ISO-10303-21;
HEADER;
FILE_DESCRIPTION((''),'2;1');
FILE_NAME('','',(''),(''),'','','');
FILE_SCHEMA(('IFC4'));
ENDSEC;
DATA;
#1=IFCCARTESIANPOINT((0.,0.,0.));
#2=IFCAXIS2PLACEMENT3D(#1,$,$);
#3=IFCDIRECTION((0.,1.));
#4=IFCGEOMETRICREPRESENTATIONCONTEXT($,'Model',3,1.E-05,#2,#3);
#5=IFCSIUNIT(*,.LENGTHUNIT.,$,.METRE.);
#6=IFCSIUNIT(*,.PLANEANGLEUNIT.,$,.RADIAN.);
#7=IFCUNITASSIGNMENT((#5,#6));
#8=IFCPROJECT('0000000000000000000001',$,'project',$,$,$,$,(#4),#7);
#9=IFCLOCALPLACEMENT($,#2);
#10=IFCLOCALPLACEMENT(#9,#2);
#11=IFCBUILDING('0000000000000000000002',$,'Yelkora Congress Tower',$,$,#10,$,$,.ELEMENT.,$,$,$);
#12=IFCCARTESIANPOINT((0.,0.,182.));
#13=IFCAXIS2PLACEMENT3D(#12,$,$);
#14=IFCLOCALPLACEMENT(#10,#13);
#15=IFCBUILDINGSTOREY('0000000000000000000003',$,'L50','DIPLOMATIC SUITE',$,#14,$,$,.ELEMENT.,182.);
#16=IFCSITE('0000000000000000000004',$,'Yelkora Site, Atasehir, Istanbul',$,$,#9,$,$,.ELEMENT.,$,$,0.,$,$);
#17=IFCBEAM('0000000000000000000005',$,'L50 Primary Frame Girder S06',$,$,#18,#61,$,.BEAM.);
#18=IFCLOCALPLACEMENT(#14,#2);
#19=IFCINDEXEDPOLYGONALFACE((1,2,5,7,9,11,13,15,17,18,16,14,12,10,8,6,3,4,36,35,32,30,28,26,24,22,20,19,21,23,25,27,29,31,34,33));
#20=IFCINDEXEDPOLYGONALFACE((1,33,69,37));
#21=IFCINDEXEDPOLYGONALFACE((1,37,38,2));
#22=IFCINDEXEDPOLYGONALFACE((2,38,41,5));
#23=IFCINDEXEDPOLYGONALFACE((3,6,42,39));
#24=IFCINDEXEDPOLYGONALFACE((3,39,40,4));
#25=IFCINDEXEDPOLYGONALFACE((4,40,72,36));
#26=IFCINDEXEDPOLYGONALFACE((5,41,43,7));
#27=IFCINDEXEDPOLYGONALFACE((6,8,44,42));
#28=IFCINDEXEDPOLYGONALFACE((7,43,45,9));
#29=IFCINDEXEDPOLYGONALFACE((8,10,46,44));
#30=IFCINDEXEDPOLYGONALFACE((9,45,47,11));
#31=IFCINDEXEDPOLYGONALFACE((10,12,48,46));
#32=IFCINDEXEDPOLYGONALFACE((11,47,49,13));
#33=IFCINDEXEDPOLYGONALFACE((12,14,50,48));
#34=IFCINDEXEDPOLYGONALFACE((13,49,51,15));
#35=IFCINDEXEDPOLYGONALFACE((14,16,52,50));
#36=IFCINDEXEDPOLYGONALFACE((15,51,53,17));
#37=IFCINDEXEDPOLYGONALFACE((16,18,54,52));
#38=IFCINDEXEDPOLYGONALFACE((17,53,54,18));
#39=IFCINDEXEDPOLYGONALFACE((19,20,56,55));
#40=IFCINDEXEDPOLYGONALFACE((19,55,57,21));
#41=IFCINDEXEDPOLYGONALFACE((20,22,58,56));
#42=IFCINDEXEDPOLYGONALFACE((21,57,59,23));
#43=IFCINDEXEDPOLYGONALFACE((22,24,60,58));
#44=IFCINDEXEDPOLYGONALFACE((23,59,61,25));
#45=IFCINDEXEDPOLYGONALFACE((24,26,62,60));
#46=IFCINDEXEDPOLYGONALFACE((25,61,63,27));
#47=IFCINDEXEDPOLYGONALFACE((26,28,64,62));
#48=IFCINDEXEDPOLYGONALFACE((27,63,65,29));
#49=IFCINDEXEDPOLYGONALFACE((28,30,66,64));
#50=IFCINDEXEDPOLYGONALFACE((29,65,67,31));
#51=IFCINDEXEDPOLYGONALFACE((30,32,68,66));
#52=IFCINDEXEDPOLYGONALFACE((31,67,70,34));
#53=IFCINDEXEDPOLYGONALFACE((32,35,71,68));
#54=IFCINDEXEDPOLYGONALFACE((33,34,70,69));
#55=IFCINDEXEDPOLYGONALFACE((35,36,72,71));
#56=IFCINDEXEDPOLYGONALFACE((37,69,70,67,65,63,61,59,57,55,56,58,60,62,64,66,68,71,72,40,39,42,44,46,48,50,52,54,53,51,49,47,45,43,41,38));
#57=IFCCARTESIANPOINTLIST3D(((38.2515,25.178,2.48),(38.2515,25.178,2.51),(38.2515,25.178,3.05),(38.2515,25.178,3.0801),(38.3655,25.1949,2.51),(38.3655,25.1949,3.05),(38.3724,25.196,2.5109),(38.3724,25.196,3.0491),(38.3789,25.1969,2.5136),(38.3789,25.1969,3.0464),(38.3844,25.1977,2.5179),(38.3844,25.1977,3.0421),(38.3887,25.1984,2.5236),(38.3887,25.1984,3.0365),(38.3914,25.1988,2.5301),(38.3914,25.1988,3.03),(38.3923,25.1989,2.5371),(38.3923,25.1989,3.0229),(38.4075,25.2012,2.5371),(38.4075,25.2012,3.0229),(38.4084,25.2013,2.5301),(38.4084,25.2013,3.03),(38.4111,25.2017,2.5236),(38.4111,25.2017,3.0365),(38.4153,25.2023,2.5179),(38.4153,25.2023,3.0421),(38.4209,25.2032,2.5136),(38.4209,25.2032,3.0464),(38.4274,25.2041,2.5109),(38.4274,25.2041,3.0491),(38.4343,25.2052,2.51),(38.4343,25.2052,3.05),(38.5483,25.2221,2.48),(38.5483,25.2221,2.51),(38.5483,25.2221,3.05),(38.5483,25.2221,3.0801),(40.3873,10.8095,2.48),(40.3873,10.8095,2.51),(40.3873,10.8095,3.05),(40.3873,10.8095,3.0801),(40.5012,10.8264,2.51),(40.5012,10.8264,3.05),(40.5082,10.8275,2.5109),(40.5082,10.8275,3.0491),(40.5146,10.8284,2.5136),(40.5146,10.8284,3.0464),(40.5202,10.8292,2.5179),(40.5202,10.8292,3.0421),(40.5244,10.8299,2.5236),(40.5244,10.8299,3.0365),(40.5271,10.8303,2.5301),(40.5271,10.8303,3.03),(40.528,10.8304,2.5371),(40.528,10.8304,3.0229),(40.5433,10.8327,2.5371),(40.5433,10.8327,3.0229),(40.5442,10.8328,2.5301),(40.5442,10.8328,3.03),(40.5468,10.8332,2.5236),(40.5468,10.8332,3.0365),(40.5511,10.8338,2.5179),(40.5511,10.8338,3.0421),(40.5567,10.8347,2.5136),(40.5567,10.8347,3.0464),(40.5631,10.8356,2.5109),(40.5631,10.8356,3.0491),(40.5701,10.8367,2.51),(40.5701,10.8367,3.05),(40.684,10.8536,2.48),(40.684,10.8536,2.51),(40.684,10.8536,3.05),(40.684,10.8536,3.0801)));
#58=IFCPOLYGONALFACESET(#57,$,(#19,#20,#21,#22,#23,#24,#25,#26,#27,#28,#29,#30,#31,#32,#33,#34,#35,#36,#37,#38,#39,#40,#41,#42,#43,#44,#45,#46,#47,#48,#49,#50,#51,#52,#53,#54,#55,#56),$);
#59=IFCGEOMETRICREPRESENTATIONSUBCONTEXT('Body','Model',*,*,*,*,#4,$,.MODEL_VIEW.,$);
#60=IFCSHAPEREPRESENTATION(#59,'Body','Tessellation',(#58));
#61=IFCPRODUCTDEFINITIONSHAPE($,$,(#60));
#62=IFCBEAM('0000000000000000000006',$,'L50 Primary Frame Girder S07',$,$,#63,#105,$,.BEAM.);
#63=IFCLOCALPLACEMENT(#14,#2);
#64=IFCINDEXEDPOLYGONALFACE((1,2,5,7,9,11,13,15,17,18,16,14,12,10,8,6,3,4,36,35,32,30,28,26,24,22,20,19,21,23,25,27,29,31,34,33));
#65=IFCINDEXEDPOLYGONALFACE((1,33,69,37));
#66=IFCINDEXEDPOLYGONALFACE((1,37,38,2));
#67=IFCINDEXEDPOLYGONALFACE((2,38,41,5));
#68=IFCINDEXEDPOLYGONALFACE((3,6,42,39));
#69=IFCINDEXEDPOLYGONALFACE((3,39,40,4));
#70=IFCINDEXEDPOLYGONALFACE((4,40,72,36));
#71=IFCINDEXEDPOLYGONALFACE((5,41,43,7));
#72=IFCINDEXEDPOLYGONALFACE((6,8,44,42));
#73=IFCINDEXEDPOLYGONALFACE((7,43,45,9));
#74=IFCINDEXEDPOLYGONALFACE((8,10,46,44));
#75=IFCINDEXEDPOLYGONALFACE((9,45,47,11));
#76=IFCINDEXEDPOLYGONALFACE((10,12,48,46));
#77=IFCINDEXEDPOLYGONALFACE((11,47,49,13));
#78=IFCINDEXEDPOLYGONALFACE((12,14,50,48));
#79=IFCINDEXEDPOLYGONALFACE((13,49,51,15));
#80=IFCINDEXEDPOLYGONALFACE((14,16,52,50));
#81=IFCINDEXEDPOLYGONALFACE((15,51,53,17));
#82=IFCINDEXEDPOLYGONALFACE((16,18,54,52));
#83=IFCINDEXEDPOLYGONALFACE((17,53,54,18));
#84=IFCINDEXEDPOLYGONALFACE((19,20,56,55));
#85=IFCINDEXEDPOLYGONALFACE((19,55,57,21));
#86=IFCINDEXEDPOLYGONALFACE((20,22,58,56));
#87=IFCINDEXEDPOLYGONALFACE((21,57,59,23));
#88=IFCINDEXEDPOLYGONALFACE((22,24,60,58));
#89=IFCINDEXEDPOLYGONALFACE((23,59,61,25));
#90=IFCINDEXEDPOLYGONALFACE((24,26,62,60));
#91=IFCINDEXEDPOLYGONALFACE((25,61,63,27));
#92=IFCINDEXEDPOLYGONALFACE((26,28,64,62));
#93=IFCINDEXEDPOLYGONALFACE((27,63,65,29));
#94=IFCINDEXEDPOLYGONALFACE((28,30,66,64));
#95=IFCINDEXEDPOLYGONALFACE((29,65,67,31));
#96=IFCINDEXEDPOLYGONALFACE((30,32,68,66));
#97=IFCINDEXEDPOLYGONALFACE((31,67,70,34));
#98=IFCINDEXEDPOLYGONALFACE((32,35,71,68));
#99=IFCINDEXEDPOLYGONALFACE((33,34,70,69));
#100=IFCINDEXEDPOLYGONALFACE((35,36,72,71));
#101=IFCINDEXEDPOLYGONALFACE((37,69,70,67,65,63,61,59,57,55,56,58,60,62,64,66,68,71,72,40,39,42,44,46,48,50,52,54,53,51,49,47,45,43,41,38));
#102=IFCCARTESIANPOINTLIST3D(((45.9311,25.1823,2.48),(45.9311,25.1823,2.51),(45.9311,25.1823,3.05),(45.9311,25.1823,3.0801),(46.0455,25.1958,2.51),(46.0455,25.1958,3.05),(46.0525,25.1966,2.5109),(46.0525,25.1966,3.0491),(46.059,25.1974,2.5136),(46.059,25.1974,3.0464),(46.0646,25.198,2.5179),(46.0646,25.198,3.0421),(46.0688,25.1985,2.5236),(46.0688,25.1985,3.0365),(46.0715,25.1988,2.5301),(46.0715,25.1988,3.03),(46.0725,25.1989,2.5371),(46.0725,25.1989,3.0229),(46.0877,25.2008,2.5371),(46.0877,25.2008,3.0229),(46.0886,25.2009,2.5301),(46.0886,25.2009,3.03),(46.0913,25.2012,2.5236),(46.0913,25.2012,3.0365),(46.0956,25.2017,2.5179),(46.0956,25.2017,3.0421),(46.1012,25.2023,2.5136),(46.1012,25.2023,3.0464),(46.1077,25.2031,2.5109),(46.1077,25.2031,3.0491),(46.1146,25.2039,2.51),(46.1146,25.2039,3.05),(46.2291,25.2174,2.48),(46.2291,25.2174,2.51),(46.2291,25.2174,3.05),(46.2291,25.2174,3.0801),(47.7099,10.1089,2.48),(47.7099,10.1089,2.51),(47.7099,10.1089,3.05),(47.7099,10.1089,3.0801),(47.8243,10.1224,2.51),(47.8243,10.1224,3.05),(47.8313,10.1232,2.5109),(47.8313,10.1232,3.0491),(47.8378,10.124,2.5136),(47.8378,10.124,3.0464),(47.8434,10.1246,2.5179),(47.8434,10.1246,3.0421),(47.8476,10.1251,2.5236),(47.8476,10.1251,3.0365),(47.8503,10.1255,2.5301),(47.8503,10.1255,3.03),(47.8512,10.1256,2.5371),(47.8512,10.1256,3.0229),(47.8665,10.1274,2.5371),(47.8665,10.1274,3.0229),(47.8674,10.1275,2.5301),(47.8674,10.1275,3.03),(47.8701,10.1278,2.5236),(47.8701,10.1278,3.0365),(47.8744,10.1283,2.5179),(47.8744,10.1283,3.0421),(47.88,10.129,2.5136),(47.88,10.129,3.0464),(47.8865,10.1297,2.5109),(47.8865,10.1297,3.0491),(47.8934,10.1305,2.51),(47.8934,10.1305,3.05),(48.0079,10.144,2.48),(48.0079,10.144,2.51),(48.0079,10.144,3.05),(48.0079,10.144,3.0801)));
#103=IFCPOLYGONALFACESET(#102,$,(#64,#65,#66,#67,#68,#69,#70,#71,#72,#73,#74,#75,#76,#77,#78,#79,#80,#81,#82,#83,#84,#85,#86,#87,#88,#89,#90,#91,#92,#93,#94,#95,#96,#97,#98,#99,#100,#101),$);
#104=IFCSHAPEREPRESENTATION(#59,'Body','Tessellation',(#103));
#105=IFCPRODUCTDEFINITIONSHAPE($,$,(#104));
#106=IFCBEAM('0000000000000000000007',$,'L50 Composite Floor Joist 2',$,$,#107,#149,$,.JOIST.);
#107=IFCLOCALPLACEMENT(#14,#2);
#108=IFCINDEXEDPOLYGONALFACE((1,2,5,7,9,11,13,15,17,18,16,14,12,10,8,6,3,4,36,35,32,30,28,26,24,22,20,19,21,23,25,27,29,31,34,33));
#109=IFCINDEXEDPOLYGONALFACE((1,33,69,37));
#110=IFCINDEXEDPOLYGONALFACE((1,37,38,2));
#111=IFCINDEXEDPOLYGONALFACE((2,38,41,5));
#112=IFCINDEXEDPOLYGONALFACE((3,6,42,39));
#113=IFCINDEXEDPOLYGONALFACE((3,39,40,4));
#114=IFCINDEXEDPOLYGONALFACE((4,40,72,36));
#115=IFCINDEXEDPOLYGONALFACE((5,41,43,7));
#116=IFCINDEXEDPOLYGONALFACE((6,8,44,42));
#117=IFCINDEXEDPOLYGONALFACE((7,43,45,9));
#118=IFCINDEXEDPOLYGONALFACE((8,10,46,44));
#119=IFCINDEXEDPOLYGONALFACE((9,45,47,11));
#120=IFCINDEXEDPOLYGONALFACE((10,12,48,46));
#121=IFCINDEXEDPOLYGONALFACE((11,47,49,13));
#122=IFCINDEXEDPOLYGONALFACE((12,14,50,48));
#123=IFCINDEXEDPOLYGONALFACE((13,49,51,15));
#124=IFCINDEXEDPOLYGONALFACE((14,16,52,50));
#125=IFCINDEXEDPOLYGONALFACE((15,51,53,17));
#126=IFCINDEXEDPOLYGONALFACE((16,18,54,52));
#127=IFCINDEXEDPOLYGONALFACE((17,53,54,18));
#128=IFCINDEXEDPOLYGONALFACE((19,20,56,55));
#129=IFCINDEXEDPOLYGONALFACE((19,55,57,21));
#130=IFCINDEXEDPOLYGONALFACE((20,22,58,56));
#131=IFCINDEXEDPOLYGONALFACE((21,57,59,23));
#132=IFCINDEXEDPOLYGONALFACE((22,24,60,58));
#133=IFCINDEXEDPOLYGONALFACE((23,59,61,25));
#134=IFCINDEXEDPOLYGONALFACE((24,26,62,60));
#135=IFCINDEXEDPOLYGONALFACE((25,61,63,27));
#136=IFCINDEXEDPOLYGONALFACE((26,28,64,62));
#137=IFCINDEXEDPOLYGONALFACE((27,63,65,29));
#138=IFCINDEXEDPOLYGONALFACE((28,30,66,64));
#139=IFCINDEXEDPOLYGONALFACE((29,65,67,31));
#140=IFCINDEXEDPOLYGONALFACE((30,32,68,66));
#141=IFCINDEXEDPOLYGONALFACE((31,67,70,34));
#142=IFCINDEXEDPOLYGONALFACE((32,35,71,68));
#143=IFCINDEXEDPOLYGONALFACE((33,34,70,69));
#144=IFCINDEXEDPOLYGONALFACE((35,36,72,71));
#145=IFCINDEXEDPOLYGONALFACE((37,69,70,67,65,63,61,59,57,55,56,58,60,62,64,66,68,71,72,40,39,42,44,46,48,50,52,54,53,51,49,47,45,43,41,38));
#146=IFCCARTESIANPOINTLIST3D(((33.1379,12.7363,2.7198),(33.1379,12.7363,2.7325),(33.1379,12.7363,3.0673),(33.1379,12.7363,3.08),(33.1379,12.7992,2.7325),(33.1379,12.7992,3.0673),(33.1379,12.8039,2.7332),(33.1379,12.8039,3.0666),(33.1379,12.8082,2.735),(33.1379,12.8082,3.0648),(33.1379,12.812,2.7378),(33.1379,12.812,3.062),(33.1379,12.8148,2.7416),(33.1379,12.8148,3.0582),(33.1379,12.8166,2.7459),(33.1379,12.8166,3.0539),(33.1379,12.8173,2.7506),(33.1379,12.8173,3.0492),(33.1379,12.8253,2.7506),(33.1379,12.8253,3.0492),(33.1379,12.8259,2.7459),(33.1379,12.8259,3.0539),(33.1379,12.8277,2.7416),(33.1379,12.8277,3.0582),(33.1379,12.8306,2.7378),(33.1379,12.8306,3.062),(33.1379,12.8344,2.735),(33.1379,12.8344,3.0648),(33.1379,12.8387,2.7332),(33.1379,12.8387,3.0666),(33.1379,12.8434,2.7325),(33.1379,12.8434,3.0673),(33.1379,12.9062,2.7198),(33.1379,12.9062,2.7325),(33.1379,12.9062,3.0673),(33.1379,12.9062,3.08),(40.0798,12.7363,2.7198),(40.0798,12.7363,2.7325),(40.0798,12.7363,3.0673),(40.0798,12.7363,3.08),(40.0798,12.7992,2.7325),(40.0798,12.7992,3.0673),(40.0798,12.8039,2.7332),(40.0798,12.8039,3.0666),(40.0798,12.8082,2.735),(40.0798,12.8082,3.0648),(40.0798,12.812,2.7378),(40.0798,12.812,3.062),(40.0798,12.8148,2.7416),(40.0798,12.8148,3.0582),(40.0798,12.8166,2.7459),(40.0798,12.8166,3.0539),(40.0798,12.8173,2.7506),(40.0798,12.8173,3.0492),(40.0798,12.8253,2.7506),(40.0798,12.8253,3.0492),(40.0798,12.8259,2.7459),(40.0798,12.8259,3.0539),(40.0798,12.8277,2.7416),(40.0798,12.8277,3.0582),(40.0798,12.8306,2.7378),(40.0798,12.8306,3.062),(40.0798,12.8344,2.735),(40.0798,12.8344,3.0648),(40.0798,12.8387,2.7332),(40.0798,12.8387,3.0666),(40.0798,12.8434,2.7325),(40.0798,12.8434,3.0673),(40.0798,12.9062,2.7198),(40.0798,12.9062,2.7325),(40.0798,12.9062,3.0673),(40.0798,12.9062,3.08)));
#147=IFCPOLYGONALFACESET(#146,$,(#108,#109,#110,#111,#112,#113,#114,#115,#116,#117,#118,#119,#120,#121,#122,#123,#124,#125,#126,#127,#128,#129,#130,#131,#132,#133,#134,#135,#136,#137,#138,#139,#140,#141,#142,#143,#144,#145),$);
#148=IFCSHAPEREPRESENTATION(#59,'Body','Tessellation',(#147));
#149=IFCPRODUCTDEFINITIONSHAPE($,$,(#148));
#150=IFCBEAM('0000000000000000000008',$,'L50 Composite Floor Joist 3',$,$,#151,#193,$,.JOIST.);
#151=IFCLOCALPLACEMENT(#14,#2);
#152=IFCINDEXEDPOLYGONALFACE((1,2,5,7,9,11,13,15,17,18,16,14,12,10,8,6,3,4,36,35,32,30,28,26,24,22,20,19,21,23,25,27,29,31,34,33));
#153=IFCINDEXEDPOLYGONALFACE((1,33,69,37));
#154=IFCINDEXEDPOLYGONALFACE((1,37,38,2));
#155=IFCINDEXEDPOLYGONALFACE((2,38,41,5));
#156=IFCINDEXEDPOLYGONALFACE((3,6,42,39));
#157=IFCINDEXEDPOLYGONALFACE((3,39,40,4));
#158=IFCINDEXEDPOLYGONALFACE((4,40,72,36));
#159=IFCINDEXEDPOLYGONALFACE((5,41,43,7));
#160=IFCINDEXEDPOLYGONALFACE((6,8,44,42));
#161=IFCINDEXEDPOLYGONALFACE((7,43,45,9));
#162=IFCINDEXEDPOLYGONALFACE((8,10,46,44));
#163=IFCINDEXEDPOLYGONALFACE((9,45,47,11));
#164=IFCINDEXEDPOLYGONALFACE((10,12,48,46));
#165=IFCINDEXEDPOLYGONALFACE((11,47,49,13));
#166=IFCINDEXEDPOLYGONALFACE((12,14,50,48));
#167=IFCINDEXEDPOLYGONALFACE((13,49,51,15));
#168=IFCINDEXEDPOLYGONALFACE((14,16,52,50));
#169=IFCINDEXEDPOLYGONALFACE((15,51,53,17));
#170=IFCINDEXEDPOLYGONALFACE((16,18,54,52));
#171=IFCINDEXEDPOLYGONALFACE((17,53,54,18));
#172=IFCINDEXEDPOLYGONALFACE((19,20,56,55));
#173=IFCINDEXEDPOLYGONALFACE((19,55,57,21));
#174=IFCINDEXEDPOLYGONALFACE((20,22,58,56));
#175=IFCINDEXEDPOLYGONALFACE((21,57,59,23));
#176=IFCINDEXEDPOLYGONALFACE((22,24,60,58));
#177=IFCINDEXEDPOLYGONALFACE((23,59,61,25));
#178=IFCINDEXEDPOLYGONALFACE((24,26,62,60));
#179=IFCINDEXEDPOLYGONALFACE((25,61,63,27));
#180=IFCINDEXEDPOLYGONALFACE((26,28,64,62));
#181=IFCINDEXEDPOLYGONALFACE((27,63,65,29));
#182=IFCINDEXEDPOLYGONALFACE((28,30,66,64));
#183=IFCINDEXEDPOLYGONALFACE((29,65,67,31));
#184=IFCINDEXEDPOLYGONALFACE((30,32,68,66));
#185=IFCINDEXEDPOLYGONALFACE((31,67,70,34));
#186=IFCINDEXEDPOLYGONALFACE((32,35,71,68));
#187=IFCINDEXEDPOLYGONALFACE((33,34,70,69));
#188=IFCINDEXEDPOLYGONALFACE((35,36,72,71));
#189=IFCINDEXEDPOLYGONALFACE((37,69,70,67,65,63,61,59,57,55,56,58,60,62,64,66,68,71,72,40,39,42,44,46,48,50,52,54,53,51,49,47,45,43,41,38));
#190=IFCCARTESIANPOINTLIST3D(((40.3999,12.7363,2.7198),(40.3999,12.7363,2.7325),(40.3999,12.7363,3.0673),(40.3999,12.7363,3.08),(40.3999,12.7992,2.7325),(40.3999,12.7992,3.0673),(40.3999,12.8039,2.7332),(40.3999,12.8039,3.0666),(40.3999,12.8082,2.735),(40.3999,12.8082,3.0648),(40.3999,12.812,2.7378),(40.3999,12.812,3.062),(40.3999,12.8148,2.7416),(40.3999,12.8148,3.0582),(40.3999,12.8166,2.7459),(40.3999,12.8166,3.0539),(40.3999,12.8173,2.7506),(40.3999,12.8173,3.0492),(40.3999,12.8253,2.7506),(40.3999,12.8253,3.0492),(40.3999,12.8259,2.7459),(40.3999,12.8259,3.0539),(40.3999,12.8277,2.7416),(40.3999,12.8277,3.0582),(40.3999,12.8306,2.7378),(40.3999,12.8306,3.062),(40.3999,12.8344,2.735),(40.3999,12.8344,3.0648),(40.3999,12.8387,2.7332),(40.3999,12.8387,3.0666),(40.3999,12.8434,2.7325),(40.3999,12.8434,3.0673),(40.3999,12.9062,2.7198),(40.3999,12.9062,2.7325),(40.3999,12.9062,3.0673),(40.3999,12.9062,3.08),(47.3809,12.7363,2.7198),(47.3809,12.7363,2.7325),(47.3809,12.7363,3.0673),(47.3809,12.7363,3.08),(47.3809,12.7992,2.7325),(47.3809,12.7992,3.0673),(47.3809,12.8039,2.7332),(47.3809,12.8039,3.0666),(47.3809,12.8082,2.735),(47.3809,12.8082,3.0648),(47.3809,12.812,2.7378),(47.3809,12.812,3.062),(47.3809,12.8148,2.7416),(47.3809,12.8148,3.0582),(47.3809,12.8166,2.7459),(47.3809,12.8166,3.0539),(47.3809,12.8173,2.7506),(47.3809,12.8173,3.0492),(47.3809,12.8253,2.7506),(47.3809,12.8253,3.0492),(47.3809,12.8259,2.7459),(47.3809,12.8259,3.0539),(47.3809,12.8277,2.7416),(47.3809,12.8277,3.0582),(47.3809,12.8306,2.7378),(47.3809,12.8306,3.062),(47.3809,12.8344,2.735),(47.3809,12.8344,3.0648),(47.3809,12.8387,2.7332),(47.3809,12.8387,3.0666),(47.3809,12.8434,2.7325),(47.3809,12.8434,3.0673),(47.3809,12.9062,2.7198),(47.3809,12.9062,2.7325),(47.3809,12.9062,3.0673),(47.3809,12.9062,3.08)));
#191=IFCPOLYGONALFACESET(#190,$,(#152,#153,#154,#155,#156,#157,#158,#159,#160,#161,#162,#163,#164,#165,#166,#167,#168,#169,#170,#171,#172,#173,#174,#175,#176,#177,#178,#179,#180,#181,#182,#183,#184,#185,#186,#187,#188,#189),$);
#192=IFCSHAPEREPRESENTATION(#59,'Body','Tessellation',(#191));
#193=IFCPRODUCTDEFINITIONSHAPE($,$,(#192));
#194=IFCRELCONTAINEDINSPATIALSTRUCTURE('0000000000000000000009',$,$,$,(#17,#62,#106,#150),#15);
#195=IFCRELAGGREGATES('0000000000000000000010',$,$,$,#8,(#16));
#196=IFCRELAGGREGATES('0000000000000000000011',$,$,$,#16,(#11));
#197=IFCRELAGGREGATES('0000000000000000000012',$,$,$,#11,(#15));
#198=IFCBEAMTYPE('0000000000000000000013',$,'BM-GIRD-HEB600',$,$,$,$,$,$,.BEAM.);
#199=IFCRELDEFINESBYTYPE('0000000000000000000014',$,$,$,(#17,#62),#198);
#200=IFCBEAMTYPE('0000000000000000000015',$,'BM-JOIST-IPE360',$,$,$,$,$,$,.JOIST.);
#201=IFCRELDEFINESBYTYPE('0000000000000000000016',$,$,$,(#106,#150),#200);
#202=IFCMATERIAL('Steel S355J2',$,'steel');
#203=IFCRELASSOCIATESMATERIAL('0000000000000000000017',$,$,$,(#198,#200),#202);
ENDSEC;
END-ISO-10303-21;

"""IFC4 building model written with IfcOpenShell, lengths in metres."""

from ifc_helpers import new_model, si_unit, direction, frame, origin, origin_2d, place, context, subcontext, project, spatial, i_section, extrude, material, material_profile, profile_set, type_object, element, save


model = new_model("IFC4")

# Units and contexts
model_context = context("Model", 3, precision=1e-05, world=origin(), true_north=direction((0.0, 1.0)))
body_context = subcontext(model_context, "Body", "Model", "MODEL_VIEW")
ifc_project = project(units=[si_unit("LENGTHUNIT", "METRE"), si_unit("PLANEANGLEUNIT", "RADIAN")], contexts=[model_context])

# Site, building, storey
site_placement = place(None, origin())
site = spatial("IfcSite", under=ifc_project, at=site_placement, Name="Yelkora Site, Atasehir, Istanbul", CompositionType="ELEMENT", RefElevation=0.0)
building_placement = place(site_placement, origin())
building = spatial("IfcBuilding", under=site, at=building_placement, Name="Yelkora Congress Tower", CompositionType="ELEMENT")
storey_placement = place(building_placement, frame((0.0, 0.0, 182.0)))
storey = spatial("IfcBuildingStorey", under=building, at=storey_placement, Name="L50", Description="DIPLOMATIC SUITE", CompositionType="ELEMENT", Elevation=182.0)

# Beams
ifc_material_1 = material(Name="Steel S355J2", Category="steel")
ifc_material_profile_1 = material_profile(ifc_material_1, i_section(OverallWidth=0.3, OverallDepth=0.6001, WebThickness=0.0154, FlangeThickness=0.03, FilletRadius=0.0271, at=origin_2d()), Name="HEB 600")
ifc_profile_set_1 = profile_set([ifc_material_profile_1], Name="Steel S355J2")
beam_type_1 = type_object("IfcBeamType", Name="BM-GIRD-HEB600", PredefinedType="BEAM", material=ifc_profile_set_1)
beam_1_placement = place(storey_placement, frame((40.5356, 10.8315, 2.78), z_axis=(-0.147026, 0.989133, 0.0), x_axis=(-0.989133, -0.147026, 0.0)))
element("IfcBeam", 1, at=beam_1_placement, inside=storey, type_object=beam_type_1, Name="L50 Primary Frame Girder S06", PredefinedType="BEAM", context=body_context, shape_type="SweptSolid", body=[
    extrude(i_section(OverallWidth=0.3, OverallDepth=0.6001, WebThickness=0.0154, FlangeThickness=0.03, FilletRadius=0.0271, at=origin_2d()), origin(), (0.0, 0.0, 1.0), 14.5264),
])
beam_2_placement = place(storey_placement, frame((47.8589, 10.1265, 2.78), z_axis=(-0.117196, 0.993109, 0.0), x_axis=(-0.993109, -0.117196, 0.0)))
element("IfcBeam", 2, at=beam_2_placement, inside=storey, type_object=beam_type_1, Name="L50 Primary Frame Girder S07", PredefinedType="BEAM", context=body_context, shape_type="SweptSolid", body=[
    extrude(i_section(OverallWidth=0.3, OverallDepth=0.6001, WebThickness=0.0154, FlangeThickness=0.03, FilletRadius=0.0271, at=origin_2d()), origin(), (0.0, 0.0, 1.0), 15.178),
])
ifc_material_profile_2 = material_profile(ifc_material_1, i_section(OverallWidth=0.1699, OverallDepth=0.3601, WebThickness=0.0081, FlangeThickness=0.0127, FilletRadius=0.0181, at=origin_2d()), Name="IPE 360")
ifc_profile_set_2 = profile_set([ifc_material_profile_2], Name="Steel S355J2")
beam_type_2 = type_object("IfcBeamType", Name="BM-JOIST-IPE360", PredefinedType="JOIST", material=ifc_profile_set_2)
beam_3_placement = place(storey_placement, frame((33.1379, 12.8213, 2.8999), z_axis=(1.0, 0.0, 0.0), x_axis=(0.0, 1.0, 0.0)))
element("IfcBeam", 3, at=beam_3_placement, inside=storey, type_object=beam_type_2, Name="L50 Composite Floor Joist 2", PredefinedType="JOIST", context=body_context, shape_type="SweptSolid", body=[
    extrude(i_section(OverallWidth=0.1699, OverallDepth=0.3601, WebThickness=0.0081, FlangeThickness=0.0127, FilletRadius=0.0181, at=origin_2d()), origin(), (0.0, 0.0, 1.0), 6.9419),
])
beam_4_placement = place(storey_placement, frame((40.3999, 12.8213, 2.8999), z_axis=(1.0, 0.0, 0.0), x_axis=(0.0, 1.0, 0.0)))
element("IfcBeam", 4, at=beam_4_placement, inside=storey, type_object=beam_type_2, Name="L50 Composite Floor Joist 3", PredefinedType="JOIST", context=body_context, shape_type="SweptSolid", body=[
    extrude(i_section(OverallWidth=0.1699, OverallDepth=0.3601, WebThickness=0.0081, FlangeThickness=0.0127, FilletRadius=0.0181, at=origin_2d()), origin(), (0.0, 0.0, 1.0), 6.981),
])

save(model, "model.ifc")
